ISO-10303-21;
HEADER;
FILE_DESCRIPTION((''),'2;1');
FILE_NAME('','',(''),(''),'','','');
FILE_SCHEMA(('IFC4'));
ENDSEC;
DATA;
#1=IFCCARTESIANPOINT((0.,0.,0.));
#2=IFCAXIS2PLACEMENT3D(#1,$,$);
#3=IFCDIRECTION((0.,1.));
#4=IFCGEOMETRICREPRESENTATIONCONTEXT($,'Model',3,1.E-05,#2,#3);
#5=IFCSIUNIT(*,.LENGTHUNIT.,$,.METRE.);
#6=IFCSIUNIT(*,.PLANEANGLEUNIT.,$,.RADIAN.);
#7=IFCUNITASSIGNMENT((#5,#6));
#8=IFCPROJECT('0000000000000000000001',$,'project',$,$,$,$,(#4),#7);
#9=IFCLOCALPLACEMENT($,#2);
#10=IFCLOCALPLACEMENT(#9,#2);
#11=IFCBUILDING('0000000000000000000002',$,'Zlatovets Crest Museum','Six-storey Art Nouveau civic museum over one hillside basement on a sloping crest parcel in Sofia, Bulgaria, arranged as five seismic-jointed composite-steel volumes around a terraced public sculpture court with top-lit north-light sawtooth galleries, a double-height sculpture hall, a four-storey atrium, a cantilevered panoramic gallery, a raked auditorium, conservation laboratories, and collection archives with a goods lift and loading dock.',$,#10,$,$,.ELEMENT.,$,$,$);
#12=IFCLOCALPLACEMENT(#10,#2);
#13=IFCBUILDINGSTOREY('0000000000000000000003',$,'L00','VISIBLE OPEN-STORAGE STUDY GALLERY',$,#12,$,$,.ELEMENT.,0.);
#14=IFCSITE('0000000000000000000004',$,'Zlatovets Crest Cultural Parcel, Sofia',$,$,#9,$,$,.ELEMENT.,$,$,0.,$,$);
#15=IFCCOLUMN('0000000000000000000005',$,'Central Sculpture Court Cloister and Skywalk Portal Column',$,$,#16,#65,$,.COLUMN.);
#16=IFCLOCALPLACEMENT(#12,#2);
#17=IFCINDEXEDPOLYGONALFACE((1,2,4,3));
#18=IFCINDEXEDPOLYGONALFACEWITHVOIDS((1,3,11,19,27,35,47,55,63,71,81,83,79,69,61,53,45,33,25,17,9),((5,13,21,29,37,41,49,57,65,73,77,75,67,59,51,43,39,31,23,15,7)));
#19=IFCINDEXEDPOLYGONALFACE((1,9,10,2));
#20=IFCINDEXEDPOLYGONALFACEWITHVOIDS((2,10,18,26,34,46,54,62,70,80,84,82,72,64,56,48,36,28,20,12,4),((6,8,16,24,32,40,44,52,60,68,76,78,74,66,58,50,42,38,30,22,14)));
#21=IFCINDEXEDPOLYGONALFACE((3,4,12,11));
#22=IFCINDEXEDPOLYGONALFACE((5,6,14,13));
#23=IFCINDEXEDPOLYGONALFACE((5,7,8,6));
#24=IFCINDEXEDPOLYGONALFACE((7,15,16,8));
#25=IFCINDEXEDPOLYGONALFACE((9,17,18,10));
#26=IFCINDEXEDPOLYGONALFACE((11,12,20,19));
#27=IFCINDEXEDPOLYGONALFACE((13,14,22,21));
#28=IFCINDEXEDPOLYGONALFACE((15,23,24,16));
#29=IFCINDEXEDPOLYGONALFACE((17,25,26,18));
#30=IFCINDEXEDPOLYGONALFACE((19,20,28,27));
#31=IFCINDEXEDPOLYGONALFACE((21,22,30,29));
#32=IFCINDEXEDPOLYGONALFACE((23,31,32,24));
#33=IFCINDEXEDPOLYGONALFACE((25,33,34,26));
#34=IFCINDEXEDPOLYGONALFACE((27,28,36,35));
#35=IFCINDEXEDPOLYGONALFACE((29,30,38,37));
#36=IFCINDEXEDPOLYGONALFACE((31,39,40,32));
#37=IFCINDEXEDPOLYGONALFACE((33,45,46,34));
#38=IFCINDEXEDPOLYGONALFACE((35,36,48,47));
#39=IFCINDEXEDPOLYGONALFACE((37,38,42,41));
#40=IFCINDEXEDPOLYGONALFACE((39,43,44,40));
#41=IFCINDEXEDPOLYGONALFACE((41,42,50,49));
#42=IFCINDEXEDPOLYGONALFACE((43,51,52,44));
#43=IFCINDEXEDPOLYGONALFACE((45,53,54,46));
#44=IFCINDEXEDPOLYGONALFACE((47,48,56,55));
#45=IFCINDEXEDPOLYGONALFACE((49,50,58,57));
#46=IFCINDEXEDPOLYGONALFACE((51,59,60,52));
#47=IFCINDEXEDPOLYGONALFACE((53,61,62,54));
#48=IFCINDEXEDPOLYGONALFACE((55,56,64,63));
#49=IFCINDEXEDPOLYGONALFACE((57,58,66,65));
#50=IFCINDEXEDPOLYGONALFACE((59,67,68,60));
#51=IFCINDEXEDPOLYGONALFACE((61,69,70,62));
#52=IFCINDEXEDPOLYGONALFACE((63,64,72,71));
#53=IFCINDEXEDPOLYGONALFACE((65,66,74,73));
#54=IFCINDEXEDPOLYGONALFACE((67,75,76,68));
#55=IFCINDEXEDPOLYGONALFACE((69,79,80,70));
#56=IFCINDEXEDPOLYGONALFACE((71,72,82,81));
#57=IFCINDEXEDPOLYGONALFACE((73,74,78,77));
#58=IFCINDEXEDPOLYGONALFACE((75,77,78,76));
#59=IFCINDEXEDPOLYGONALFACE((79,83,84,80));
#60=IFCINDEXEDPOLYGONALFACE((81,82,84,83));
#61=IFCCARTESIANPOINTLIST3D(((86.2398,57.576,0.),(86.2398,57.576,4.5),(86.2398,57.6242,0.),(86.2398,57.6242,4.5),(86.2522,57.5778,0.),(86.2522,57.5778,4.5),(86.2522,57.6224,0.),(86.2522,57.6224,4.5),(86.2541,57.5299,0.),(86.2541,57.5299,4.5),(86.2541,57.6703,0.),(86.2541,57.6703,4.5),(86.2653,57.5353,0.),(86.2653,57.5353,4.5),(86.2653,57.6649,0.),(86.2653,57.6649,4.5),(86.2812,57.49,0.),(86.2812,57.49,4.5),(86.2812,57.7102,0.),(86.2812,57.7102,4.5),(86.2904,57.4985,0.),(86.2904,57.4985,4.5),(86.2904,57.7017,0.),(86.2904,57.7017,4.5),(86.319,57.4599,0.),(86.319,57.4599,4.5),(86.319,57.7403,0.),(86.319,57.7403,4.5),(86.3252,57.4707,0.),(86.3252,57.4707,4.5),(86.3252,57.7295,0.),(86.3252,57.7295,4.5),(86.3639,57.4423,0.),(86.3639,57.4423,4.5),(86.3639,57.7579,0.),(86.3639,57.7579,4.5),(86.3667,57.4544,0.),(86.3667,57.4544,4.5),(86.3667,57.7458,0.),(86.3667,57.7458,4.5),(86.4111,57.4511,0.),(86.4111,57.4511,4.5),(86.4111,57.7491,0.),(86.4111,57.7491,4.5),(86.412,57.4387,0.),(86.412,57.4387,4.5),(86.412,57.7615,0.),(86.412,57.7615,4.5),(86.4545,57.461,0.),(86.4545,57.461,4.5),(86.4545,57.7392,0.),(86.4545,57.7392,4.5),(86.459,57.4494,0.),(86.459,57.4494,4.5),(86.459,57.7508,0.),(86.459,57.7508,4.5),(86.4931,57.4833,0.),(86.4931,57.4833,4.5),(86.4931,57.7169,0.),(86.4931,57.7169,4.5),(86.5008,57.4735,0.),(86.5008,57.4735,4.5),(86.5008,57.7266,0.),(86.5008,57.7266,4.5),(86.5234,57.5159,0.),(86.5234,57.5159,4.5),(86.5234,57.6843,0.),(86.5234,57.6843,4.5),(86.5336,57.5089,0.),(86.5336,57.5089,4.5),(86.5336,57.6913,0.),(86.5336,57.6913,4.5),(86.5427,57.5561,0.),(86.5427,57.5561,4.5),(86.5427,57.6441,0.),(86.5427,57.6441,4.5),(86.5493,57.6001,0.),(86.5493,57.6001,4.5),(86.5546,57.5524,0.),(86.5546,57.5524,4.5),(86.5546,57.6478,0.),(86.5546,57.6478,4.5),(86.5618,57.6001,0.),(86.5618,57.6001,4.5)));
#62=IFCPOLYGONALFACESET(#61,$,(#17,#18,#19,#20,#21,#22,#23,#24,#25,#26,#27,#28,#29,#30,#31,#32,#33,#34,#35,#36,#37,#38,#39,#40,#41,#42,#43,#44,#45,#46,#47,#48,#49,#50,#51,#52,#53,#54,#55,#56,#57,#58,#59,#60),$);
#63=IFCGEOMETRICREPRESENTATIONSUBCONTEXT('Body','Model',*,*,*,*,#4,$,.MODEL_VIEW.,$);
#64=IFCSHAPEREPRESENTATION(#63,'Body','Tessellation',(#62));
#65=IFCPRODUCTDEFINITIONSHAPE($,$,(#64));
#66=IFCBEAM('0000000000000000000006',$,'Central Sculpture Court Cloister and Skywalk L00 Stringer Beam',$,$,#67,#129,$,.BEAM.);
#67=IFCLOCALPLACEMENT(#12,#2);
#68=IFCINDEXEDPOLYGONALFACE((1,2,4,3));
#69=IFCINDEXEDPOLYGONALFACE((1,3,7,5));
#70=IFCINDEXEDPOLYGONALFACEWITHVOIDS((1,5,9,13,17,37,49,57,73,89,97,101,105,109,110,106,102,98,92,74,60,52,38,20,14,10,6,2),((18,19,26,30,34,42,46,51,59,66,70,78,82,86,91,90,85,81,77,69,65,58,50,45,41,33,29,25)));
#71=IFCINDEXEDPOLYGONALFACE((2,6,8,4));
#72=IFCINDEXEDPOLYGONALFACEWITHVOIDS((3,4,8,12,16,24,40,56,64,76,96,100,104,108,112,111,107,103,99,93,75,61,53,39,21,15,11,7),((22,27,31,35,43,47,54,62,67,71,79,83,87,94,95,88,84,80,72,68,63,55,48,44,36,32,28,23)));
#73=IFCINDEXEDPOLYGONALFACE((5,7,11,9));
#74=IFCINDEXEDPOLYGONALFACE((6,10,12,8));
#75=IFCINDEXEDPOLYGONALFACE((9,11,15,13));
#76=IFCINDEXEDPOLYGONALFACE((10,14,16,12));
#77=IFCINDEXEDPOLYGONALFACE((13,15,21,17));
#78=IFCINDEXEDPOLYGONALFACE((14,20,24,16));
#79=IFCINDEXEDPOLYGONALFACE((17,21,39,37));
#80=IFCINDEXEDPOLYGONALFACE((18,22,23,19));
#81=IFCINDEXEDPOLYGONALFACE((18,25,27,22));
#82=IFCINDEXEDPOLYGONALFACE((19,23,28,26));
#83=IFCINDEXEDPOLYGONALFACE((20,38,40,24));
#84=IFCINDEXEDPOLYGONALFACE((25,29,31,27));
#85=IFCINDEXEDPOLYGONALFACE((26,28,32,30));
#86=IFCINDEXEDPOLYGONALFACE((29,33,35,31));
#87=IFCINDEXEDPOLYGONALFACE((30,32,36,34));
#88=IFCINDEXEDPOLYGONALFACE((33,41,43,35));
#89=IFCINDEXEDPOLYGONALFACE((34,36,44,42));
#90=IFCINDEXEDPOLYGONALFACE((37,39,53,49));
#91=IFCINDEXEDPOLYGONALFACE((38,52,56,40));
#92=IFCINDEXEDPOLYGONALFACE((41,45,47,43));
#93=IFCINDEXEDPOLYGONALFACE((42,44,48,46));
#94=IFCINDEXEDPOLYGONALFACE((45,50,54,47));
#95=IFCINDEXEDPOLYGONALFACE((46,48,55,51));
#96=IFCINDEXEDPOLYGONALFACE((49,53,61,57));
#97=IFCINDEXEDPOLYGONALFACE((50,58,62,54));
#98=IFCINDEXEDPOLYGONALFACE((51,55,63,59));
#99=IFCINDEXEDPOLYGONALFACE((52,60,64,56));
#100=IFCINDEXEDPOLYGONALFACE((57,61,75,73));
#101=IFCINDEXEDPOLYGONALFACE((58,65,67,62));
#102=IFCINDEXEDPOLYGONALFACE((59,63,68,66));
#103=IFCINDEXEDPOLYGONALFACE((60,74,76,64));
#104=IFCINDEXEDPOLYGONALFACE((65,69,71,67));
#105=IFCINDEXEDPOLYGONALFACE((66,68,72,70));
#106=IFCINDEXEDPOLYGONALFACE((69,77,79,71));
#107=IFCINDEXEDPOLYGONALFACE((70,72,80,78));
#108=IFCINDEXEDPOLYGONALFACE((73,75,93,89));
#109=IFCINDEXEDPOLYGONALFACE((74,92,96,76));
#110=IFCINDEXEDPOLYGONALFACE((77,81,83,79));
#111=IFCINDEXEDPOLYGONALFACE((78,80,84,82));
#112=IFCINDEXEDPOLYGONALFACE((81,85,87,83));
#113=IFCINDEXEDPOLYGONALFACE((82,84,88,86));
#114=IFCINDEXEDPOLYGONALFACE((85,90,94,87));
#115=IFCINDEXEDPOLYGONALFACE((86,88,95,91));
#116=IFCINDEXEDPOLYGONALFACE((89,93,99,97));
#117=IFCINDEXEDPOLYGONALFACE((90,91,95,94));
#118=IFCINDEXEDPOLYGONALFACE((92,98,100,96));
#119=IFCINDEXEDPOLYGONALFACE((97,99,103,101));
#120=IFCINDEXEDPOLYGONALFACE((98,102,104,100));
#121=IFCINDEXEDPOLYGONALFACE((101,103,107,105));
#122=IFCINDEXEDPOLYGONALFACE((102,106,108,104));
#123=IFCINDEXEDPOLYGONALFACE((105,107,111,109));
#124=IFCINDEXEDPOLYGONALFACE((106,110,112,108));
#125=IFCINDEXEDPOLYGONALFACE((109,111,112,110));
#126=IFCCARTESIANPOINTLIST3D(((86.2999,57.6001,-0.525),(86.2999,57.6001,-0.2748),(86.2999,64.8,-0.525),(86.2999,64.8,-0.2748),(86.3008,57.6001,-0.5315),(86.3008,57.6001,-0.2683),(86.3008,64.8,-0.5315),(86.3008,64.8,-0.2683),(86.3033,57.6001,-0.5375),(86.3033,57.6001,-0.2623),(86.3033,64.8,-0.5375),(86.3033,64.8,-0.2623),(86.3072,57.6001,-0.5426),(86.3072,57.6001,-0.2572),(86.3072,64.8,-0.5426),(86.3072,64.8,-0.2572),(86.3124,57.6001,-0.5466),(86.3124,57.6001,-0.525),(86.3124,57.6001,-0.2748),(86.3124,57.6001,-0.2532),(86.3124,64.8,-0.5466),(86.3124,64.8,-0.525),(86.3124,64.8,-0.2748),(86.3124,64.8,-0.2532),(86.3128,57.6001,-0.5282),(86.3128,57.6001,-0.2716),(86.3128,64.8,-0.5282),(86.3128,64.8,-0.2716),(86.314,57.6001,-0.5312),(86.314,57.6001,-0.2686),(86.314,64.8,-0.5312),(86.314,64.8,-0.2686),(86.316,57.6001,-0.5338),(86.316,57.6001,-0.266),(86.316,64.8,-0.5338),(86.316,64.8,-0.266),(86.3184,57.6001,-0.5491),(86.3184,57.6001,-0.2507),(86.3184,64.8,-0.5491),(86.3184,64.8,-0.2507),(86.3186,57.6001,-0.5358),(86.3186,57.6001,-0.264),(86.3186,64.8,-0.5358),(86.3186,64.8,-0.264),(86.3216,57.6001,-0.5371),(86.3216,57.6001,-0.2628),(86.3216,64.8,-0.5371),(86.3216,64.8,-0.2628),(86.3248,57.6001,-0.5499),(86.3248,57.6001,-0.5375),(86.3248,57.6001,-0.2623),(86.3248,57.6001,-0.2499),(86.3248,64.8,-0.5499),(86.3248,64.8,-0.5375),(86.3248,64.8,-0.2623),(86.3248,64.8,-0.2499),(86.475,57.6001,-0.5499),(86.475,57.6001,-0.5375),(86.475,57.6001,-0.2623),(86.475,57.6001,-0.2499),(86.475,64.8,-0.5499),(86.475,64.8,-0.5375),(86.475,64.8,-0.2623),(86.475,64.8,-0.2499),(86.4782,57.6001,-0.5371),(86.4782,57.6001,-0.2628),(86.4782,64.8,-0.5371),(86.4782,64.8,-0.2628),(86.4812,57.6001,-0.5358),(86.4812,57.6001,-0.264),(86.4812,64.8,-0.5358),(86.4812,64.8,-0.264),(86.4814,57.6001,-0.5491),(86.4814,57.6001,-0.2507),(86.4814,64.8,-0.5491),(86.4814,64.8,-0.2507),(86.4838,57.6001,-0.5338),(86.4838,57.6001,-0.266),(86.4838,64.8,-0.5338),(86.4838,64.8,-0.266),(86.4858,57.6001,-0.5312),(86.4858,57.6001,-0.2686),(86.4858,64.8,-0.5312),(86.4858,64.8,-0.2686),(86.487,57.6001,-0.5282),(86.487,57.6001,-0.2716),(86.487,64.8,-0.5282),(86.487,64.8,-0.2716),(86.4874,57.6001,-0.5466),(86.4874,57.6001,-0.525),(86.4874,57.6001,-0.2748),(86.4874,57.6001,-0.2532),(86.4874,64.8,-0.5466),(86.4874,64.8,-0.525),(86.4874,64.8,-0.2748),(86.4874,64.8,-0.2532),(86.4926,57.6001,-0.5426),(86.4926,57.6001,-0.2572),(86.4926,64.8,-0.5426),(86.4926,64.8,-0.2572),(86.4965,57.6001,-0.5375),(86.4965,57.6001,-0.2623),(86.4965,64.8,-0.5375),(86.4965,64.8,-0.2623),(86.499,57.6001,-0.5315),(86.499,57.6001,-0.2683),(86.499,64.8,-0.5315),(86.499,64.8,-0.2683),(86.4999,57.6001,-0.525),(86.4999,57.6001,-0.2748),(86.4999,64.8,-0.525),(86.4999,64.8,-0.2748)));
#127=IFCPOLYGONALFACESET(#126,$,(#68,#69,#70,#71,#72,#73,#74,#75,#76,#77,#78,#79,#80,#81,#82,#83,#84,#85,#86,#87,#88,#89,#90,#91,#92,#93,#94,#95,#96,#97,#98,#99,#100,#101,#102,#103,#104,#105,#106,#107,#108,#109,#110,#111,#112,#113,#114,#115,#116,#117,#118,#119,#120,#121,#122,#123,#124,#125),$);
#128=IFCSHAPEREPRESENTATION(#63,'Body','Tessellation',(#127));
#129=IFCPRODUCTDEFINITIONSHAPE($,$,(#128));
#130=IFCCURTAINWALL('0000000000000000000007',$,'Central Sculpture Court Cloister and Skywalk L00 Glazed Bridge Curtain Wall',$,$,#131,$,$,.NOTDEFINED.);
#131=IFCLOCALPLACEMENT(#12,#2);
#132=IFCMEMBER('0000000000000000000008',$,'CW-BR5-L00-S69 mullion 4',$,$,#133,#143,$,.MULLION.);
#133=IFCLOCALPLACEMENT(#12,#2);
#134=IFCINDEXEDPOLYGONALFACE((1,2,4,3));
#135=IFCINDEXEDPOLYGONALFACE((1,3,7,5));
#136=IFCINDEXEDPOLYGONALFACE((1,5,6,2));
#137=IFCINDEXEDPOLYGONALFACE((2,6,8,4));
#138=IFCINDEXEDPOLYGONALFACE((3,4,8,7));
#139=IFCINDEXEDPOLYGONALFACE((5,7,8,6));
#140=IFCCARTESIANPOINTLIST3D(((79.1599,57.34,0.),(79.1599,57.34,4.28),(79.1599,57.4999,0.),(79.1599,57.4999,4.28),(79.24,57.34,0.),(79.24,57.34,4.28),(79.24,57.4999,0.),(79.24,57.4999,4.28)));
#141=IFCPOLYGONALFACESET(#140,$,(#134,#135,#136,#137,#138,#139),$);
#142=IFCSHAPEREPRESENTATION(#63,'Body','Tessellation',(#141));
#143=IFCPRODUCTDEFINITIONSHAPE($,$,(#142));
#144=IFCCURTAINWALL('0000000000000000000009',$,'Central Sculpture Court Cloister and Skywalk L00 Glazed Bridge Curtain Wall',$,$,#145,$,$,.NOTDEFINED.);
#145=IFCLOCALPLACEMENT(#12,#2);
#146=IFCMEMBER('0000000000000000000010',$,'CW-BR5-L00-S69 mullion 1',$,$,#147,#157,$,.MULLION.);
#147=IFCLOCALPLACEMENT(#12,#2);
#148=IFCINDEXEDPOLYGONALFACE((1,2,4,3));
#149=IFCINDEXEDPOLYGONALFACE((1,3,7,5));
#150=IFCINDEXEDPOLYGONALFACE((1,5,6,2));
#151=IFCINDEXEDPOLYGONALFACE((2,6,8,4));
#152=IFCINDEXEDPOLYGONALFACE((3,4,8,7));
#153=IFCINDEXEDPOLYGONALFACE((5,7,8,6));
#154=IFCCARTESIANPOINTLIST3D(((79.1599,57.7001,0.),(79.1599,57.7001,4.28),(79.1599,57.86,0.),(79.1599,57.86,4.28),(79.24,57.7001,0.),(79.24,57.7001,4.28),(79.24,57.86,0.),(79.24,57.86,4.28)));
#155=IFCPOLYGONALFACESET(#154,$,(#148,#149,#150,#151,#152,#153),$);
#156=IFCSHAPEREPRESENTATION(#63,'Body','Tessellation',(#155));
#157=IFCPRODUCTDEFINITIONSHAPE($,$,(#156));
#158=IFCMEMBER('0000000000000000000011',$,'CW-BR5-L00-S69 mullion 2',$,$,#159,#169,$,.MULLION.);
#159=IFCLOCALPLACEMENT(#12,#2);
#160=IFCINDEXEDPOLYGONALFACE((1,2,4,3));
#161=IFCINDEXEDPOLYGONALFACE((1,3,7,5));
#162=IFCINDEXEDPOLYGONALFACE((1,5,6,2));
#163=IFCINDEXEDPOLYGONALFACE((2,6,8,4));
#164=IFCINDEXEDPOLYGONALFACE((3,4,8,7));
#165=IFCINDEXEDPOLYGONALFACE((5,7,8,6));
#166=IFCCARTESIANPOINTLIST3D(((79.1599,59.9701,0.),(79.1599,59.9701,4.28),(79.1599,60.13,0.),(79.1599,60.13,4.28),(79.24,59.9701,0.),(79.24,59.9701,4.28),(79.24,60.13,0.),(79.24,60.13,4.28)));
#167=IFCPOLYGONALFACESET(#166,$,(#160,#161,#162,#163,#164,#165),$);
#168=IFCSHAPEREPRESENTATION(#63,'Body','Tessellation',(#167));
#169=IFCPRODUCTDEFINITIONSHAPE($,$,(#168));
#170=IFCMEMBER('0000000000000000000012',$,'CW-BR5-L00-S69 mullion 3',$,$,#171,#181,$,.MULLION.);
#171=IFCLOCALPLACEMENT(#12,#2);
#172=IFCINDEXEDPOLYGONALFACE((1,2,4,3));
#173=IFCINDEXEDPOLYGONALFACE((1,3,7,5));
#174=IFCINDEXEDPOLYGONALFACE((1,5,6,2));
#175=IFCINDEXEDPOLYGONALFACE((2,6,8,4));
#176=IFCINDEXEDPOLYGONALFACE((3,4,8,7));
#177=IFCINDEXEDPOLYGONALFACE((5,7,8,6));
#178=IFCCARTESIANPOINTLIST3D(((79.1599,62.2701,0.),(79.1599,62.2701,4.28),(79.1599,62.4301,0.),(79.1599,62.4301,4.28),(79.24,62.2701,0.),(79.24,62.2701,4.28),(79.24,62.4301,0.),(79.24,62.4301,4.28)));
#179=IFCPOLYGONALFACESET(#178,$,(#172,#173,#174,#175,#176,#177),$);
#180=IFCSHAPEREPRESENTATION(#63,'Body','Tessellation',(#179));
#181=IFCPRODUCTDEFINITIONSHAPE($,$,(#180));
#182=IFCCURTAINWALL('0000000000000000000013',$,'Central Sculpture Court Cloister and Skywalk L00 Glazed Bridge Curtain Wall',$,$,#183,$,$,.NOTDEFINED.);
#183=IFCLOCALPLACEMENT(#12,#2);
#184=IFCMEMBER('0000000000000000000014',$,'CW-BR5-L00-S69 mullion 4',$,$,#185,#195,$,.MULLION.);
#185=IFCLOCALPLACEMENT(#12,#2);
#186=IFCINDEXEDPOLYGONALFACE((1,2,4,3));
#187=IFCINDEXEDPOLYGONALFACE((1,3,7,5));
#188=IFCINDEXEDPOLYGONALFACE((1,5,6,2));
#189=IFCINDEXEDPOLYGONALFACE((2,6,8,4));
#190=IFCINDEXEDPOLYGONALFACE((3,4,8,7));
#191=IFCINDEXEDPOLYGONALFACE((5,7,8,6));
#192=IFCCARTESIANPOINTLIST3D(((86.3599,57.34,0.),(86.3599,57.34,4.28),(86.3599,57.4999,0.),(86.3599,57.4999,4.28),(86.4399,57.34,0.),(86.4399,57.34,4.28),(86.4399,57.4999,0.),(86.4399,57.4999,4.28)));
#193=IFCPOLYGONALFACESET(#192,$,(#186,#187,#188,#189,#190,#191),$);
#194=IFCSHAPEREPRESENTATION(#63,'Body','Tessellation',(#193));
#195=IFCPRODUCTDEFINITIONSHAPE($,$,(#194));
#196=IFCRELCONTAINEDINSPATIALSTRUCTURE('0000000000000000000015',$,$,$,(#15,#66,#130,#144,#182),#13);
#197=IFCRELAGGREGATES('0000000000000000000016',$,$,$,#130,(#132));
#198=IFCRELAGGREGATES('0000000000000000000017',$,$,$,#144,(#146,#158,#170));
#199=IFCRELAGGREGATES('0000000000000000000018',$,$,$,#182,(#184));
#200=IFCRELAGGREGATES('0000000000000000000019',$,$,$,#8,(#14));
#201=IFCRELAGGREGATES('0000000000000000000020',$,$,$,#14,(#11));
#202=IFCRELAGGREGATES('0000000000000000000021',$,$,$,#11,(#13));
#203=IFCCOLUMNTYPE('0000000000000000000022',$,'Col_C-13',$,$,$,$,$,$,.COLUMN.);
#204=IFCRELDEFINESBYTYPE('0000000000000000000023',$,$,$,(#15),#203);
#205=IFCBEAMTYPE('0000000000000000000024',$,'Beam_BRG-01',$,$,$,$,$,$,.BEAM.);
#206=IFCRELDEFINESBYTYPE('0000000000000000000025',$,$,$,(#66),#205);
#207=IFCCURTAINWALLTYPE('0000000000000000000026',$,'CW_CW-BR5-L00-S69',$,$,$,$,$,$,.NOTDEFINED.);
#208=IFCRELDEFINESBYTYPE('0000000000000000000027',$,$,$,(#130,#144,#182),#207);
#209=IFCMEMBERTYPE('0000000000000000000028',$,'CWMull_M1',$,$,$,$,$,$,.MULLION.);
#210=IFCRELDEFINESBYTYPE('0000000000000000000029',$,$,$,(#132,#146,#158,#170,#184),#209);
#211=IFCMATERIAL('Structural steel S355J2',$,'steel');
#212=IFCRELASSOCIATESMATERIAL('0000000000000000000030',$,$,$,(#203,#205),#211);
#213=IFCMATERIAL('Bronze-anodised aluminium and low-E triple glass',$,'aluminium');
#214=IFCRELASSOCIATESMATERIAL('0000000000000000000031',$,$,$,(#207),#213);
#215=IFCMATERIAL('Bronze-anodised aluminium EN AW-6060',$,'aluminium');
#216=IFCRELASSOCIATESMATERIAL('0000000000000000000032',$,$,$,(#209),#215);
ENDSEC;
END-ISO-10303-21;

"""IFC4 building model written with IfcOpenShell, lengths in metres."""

from ifc_helpers import new_model, si_unit, direction, frame, origin, origin_2d, place, context, subcontext, project, spatial, rectangle, hollow_rectangle, hollow_circle, extrude, material, material_profile, profile_set, type_object, element, aggregate, save


model = new_model("IFC4")

# Units and contexts
model_context = context("Model", 3, precision=1e-05, world=origin(), true_north=direction((0.0, 1.0)))
body_context = subcontext(model_context, "Body", "Model", "MODEL_VIEW")
ifc_project = project(units=[si_unit("LENGTHUNIT", "METRE"), si_unit("PLANEANGLEUNIT", "RADIAN")], contexts=[model_context])

# Site, building, storey
site_placement = place(None, origin())
site = spatial("IfcSite", under=ifc_project, at=site_placement, Name="Zlatovets Crest Cultural Parcel, Sofia", CompositionType="ELEMENT", RefElevation=0.0)
building_placement = place(site_placement, origin())
building = spatial("IfcBuilding", under=site, at=building_placement, Name="Zlatovets Crest Museum", Description="Six-storey Art Nouveau civic museum over one hillside basement on a sloping crest parcel in Sofia, Bulgaria, arranged as five seismic-jointed composite-steel volumes around a terraced public sculpture court with top-lit north-light sawtooth galleries, a double-height sculpture hall, a four-storey atrium, a cantilevered panoramic gallery, a raked auditorium, conservation laboratories, and collection archives with a goods lift and loading dock.", CompositionType="ELEMENT")
storey_placement = place(building_placement, origin())
storey = spatial("IfcBuildingStorey", under=building, at=storey_placement, Name="L00", Description="VISIBLE OPEN-STORAGE STUDY GALLERY", CompositionType="ELEMENT", Elevation=0.0)

# Column
ifc_material_1 = material(Name="Structural steel S355J2", Category="steel")
ifc_material_profile_1 = material_profile(ifc_material_1, hollow_circle(Radius=0.1619, WallThickness=0.0125, at=origin_2d()), Name="CHS 323.9x12.5")
ifc_profile_set_1 = profile_set([ifc_material_profile_1], Name="Structural steel S355J2")
column_type = type_object("IfcColumnType", Name="Col_C-13", PredefinedType="COLUMN", material=ifc_profile_set_1)
column_placement = place(storey_placement, frame((86.3999, 57.6001, 0.0), z_axis=(0.0, 0.0, 1.0), x_axis=(1.0, 0.0, 0.0)))
element("IfcColumn", 1, at=column_placement, inside=storey, type_object=column_type, Name="Central Sculpture Court Cloister and Skywalk Portal Column", PredefinedType="COLUMN", context=body_context, shape_type="SweptSolid", body=[
    extrude(hollow_circle(Radius=0.1619, WallThickness=0.0125, at=origin_2d()), origin(), (0.0, 0.0, 1.0), 4.5),
])

# Beam
ifc_material_profile_2 = material_profile(ifc_material_1, hollow_rectangle(XDim=0.2, YDim=0.3, WallThickness=0.0125, InnerFilletRadius=0.0125, OuterFilletRadius=0.0249, at=origin_2d()), Name="RHS 200x300x12.5")
ifc_profile_set_2 = profile_set([ifc_material_profile_2], Name="Structural steel S355J2")
beam_type = type_object("IfcBeamType", Name="Beam_BRG-01", PredefinedType="BEAM", material=ifc_profile_set_2)
beam_placement = place(storey_placement, frame((86.3999, 57.6001, -0.3999), z_axis=(0.0, 1.0, 0.0), x_axis=(-1.0, 0.0, 0.0)))
element("IfcBeam", 2, at=beam_placement, inside=storey, type_object=beam_type, Name="Central Sculpture Court Cloister and Skywalk L00 Stringer Beam", PredefinedType="BEAM", context=body_context, shape_type="SweptSolid", body=[
    extrude(hollow_rectangle(XDim=0.2, YDim=0.3, WallThickness=0.0125, InnerFilletRadius=0.0125, OuterFilletRadius=0.0249, at=origin_2d()), origin(), (0.0, 0.0, 1.0), 7.2),
])

# Curtain wall, member
ifc_material_2 = material(Name="Bronze-anodised aluminium and low-E triple glass", Category="aluminium")
curtain_wall_type = type_object("IfcCurtainWallType", Name="CW_CW-BR5-L00-S69", PredefinedType="NOTDEFINED", material=ifc_material_2)
curtain_wall_1_placement = place(storey_placement, origin())
curtain_wall_1 = element("IfcCurtainWall", 3, at=curtain_wall_1_placement, inside=storey, type_object=curtain_wall_type, Name="Central Sculpture Court Cloister and Skywalk L00 Glazed Bridge Curtain Wall", PredefinedType="NOTDEFINED")
ifc_material_3 = material(Name="Bronze-anodised aluminium EN AW-6060", Category="aluminium")
ifc_material_profile_3 = material_profile(ifc_material_3, rectangle(XDim=0.0801, YDim=0.1599, at=origin_2d()), Name="ALU 80x160")
ifc_profile_set_3 = profile_set([ifc_material_profile_3], Name="Bronze-anodised aluminium EN AW-6060")
member_type_1 = type_object("IfcMemberType", Name="CWMull_M1", PredefinedType="MULLION", material=ifc_profile_set_3)
member_1_placement = place(storey_placement, frame((79.2, 57.4199, 0.0), z_axis=(0.0, 0.0, 1.0), x_axis=(-1.0, 0.0, 0.0)))
member_1 = element("IfcMember", 4, at=member_1_placement, type_object=member_type_1, Name="CW-BR5-L00-S69 mullion 4", PredefinedType="MULLION", context=body_context, shape_type="SweptSolid", body=[
    extrude(rectangle(XDim=0.0801, YDim=0.1599, at=origin_2d()), origin(), (0.0, 0.0, 1.0), 4.28),
])
aggregate(curtain_wall_1, [member_1])

# Curtain wall, members
curtain_wall_2_placement = place(storey_placement, origin())
curtain_wall_2 = element("IfcCurtainWall", 5, at=curtain_wall_2_placement, inside=storey, type_object=curtain_wall_type, Name="Central Sculpture Court Cloister and Skywalk L00 Glazed Bridge Curtain Wall", PredefinedType="NOTDEFINED")
member_2_placement = place(storey_placement, frame((79.2, 57.78, 0.0), z_axis=(0.0, 0.0, 1.0), x_axis=(-1.0, 0.0, 0.0)))
member_2 = element("IfcMember", 6, at=member_2_placement, type_object=member_type_1, Name="CW-BR5-L00-S69 mullion 1", PredefinedType="MULLION", context=body_context, shape_type="SweptSolid", body=[
    extrude(rectangle(XDim=0.0801, YDim=0.1599, at=origin_2d()), origin(), (0.0, 0.0, 1.0), 4.28),
])
member_3_placement = place(storey_placement, frame((79.2, 60.05, 0.0), z_axis=(0.0, 0.0, 1.0), x_axis=(-1.0, 0.0, 0.0)))
member_3 = element("IfcMember", 7, at=member_3_placement, type_object=member_type_1, Name="CW-BR5-L00-S69 mullion 2", PredefinedType="MULLION", context=body_context, shape_type="SweptSolid", body=[
    extrude(rectangle(XDim=0.0801, YDim=0.1599, at=origin_2d()), origin(), (0.0, 0.0, 1.0), 4.28),
])
member_4_placement = place(storey_placement, frame((79.2, 62.3501, 0.0), z_axis=(0.0, 0.0, 1.0), x_axis=(-1.0, 0.0, 0.0)))
member_4 = element("IfcMember", 8, at=member_4_placement, type_object=member_type_1, Name="CW-BR5-L00-S69 mullion 3", PredefinedType="MULLION", context=body_context, shape_type="SweptSolid", body=[
    extrude(rectangle(XDim=0.0801, YDim=0.1599, at=origin_2d()), origin(), (0.0, 0.0, 1.0), 4.28),
])

# Curtain wall, member
curtain_wall_3_placement = place(storey_placement, origin())
curtain_wall_3 = element("IfcCurtainWall", 9, at=curtain_wall_3_placement, inside=storey, type_object=curtain_wall_type, Name="Central Sculpture Court Cloister and Skywalk L00 Glazed Bridge Curtain Wall", PredefinedType="NOTDEFINED")
member_5_placement = place(storey_placement, frame((86.3999, 57.4199, 0.0), z_axis=(0.0, 0.0, 1.0), x_axis=(-1.0, 0.0, 0.0)))
member_5 = element("IfcMember", 10, at=member_5_placement, type_object=member_type_1, Name="CW-BR5-L00-S69 mullion 4", PredefinedType="MULLION", context=body_context, shape_type="SweptSolid", body=[
    extrude(rectangle(XDim=0.0801, YDim=0.1599, at=origin_2d()), origin(), (0.0, 0.0, 1.0), 4.28),
])

aggregate(curtain_wall_2, [member_2, member_3, member_4])
aggregate(curtain_wall_3, [member_5])

save(model, "model.ifc")
